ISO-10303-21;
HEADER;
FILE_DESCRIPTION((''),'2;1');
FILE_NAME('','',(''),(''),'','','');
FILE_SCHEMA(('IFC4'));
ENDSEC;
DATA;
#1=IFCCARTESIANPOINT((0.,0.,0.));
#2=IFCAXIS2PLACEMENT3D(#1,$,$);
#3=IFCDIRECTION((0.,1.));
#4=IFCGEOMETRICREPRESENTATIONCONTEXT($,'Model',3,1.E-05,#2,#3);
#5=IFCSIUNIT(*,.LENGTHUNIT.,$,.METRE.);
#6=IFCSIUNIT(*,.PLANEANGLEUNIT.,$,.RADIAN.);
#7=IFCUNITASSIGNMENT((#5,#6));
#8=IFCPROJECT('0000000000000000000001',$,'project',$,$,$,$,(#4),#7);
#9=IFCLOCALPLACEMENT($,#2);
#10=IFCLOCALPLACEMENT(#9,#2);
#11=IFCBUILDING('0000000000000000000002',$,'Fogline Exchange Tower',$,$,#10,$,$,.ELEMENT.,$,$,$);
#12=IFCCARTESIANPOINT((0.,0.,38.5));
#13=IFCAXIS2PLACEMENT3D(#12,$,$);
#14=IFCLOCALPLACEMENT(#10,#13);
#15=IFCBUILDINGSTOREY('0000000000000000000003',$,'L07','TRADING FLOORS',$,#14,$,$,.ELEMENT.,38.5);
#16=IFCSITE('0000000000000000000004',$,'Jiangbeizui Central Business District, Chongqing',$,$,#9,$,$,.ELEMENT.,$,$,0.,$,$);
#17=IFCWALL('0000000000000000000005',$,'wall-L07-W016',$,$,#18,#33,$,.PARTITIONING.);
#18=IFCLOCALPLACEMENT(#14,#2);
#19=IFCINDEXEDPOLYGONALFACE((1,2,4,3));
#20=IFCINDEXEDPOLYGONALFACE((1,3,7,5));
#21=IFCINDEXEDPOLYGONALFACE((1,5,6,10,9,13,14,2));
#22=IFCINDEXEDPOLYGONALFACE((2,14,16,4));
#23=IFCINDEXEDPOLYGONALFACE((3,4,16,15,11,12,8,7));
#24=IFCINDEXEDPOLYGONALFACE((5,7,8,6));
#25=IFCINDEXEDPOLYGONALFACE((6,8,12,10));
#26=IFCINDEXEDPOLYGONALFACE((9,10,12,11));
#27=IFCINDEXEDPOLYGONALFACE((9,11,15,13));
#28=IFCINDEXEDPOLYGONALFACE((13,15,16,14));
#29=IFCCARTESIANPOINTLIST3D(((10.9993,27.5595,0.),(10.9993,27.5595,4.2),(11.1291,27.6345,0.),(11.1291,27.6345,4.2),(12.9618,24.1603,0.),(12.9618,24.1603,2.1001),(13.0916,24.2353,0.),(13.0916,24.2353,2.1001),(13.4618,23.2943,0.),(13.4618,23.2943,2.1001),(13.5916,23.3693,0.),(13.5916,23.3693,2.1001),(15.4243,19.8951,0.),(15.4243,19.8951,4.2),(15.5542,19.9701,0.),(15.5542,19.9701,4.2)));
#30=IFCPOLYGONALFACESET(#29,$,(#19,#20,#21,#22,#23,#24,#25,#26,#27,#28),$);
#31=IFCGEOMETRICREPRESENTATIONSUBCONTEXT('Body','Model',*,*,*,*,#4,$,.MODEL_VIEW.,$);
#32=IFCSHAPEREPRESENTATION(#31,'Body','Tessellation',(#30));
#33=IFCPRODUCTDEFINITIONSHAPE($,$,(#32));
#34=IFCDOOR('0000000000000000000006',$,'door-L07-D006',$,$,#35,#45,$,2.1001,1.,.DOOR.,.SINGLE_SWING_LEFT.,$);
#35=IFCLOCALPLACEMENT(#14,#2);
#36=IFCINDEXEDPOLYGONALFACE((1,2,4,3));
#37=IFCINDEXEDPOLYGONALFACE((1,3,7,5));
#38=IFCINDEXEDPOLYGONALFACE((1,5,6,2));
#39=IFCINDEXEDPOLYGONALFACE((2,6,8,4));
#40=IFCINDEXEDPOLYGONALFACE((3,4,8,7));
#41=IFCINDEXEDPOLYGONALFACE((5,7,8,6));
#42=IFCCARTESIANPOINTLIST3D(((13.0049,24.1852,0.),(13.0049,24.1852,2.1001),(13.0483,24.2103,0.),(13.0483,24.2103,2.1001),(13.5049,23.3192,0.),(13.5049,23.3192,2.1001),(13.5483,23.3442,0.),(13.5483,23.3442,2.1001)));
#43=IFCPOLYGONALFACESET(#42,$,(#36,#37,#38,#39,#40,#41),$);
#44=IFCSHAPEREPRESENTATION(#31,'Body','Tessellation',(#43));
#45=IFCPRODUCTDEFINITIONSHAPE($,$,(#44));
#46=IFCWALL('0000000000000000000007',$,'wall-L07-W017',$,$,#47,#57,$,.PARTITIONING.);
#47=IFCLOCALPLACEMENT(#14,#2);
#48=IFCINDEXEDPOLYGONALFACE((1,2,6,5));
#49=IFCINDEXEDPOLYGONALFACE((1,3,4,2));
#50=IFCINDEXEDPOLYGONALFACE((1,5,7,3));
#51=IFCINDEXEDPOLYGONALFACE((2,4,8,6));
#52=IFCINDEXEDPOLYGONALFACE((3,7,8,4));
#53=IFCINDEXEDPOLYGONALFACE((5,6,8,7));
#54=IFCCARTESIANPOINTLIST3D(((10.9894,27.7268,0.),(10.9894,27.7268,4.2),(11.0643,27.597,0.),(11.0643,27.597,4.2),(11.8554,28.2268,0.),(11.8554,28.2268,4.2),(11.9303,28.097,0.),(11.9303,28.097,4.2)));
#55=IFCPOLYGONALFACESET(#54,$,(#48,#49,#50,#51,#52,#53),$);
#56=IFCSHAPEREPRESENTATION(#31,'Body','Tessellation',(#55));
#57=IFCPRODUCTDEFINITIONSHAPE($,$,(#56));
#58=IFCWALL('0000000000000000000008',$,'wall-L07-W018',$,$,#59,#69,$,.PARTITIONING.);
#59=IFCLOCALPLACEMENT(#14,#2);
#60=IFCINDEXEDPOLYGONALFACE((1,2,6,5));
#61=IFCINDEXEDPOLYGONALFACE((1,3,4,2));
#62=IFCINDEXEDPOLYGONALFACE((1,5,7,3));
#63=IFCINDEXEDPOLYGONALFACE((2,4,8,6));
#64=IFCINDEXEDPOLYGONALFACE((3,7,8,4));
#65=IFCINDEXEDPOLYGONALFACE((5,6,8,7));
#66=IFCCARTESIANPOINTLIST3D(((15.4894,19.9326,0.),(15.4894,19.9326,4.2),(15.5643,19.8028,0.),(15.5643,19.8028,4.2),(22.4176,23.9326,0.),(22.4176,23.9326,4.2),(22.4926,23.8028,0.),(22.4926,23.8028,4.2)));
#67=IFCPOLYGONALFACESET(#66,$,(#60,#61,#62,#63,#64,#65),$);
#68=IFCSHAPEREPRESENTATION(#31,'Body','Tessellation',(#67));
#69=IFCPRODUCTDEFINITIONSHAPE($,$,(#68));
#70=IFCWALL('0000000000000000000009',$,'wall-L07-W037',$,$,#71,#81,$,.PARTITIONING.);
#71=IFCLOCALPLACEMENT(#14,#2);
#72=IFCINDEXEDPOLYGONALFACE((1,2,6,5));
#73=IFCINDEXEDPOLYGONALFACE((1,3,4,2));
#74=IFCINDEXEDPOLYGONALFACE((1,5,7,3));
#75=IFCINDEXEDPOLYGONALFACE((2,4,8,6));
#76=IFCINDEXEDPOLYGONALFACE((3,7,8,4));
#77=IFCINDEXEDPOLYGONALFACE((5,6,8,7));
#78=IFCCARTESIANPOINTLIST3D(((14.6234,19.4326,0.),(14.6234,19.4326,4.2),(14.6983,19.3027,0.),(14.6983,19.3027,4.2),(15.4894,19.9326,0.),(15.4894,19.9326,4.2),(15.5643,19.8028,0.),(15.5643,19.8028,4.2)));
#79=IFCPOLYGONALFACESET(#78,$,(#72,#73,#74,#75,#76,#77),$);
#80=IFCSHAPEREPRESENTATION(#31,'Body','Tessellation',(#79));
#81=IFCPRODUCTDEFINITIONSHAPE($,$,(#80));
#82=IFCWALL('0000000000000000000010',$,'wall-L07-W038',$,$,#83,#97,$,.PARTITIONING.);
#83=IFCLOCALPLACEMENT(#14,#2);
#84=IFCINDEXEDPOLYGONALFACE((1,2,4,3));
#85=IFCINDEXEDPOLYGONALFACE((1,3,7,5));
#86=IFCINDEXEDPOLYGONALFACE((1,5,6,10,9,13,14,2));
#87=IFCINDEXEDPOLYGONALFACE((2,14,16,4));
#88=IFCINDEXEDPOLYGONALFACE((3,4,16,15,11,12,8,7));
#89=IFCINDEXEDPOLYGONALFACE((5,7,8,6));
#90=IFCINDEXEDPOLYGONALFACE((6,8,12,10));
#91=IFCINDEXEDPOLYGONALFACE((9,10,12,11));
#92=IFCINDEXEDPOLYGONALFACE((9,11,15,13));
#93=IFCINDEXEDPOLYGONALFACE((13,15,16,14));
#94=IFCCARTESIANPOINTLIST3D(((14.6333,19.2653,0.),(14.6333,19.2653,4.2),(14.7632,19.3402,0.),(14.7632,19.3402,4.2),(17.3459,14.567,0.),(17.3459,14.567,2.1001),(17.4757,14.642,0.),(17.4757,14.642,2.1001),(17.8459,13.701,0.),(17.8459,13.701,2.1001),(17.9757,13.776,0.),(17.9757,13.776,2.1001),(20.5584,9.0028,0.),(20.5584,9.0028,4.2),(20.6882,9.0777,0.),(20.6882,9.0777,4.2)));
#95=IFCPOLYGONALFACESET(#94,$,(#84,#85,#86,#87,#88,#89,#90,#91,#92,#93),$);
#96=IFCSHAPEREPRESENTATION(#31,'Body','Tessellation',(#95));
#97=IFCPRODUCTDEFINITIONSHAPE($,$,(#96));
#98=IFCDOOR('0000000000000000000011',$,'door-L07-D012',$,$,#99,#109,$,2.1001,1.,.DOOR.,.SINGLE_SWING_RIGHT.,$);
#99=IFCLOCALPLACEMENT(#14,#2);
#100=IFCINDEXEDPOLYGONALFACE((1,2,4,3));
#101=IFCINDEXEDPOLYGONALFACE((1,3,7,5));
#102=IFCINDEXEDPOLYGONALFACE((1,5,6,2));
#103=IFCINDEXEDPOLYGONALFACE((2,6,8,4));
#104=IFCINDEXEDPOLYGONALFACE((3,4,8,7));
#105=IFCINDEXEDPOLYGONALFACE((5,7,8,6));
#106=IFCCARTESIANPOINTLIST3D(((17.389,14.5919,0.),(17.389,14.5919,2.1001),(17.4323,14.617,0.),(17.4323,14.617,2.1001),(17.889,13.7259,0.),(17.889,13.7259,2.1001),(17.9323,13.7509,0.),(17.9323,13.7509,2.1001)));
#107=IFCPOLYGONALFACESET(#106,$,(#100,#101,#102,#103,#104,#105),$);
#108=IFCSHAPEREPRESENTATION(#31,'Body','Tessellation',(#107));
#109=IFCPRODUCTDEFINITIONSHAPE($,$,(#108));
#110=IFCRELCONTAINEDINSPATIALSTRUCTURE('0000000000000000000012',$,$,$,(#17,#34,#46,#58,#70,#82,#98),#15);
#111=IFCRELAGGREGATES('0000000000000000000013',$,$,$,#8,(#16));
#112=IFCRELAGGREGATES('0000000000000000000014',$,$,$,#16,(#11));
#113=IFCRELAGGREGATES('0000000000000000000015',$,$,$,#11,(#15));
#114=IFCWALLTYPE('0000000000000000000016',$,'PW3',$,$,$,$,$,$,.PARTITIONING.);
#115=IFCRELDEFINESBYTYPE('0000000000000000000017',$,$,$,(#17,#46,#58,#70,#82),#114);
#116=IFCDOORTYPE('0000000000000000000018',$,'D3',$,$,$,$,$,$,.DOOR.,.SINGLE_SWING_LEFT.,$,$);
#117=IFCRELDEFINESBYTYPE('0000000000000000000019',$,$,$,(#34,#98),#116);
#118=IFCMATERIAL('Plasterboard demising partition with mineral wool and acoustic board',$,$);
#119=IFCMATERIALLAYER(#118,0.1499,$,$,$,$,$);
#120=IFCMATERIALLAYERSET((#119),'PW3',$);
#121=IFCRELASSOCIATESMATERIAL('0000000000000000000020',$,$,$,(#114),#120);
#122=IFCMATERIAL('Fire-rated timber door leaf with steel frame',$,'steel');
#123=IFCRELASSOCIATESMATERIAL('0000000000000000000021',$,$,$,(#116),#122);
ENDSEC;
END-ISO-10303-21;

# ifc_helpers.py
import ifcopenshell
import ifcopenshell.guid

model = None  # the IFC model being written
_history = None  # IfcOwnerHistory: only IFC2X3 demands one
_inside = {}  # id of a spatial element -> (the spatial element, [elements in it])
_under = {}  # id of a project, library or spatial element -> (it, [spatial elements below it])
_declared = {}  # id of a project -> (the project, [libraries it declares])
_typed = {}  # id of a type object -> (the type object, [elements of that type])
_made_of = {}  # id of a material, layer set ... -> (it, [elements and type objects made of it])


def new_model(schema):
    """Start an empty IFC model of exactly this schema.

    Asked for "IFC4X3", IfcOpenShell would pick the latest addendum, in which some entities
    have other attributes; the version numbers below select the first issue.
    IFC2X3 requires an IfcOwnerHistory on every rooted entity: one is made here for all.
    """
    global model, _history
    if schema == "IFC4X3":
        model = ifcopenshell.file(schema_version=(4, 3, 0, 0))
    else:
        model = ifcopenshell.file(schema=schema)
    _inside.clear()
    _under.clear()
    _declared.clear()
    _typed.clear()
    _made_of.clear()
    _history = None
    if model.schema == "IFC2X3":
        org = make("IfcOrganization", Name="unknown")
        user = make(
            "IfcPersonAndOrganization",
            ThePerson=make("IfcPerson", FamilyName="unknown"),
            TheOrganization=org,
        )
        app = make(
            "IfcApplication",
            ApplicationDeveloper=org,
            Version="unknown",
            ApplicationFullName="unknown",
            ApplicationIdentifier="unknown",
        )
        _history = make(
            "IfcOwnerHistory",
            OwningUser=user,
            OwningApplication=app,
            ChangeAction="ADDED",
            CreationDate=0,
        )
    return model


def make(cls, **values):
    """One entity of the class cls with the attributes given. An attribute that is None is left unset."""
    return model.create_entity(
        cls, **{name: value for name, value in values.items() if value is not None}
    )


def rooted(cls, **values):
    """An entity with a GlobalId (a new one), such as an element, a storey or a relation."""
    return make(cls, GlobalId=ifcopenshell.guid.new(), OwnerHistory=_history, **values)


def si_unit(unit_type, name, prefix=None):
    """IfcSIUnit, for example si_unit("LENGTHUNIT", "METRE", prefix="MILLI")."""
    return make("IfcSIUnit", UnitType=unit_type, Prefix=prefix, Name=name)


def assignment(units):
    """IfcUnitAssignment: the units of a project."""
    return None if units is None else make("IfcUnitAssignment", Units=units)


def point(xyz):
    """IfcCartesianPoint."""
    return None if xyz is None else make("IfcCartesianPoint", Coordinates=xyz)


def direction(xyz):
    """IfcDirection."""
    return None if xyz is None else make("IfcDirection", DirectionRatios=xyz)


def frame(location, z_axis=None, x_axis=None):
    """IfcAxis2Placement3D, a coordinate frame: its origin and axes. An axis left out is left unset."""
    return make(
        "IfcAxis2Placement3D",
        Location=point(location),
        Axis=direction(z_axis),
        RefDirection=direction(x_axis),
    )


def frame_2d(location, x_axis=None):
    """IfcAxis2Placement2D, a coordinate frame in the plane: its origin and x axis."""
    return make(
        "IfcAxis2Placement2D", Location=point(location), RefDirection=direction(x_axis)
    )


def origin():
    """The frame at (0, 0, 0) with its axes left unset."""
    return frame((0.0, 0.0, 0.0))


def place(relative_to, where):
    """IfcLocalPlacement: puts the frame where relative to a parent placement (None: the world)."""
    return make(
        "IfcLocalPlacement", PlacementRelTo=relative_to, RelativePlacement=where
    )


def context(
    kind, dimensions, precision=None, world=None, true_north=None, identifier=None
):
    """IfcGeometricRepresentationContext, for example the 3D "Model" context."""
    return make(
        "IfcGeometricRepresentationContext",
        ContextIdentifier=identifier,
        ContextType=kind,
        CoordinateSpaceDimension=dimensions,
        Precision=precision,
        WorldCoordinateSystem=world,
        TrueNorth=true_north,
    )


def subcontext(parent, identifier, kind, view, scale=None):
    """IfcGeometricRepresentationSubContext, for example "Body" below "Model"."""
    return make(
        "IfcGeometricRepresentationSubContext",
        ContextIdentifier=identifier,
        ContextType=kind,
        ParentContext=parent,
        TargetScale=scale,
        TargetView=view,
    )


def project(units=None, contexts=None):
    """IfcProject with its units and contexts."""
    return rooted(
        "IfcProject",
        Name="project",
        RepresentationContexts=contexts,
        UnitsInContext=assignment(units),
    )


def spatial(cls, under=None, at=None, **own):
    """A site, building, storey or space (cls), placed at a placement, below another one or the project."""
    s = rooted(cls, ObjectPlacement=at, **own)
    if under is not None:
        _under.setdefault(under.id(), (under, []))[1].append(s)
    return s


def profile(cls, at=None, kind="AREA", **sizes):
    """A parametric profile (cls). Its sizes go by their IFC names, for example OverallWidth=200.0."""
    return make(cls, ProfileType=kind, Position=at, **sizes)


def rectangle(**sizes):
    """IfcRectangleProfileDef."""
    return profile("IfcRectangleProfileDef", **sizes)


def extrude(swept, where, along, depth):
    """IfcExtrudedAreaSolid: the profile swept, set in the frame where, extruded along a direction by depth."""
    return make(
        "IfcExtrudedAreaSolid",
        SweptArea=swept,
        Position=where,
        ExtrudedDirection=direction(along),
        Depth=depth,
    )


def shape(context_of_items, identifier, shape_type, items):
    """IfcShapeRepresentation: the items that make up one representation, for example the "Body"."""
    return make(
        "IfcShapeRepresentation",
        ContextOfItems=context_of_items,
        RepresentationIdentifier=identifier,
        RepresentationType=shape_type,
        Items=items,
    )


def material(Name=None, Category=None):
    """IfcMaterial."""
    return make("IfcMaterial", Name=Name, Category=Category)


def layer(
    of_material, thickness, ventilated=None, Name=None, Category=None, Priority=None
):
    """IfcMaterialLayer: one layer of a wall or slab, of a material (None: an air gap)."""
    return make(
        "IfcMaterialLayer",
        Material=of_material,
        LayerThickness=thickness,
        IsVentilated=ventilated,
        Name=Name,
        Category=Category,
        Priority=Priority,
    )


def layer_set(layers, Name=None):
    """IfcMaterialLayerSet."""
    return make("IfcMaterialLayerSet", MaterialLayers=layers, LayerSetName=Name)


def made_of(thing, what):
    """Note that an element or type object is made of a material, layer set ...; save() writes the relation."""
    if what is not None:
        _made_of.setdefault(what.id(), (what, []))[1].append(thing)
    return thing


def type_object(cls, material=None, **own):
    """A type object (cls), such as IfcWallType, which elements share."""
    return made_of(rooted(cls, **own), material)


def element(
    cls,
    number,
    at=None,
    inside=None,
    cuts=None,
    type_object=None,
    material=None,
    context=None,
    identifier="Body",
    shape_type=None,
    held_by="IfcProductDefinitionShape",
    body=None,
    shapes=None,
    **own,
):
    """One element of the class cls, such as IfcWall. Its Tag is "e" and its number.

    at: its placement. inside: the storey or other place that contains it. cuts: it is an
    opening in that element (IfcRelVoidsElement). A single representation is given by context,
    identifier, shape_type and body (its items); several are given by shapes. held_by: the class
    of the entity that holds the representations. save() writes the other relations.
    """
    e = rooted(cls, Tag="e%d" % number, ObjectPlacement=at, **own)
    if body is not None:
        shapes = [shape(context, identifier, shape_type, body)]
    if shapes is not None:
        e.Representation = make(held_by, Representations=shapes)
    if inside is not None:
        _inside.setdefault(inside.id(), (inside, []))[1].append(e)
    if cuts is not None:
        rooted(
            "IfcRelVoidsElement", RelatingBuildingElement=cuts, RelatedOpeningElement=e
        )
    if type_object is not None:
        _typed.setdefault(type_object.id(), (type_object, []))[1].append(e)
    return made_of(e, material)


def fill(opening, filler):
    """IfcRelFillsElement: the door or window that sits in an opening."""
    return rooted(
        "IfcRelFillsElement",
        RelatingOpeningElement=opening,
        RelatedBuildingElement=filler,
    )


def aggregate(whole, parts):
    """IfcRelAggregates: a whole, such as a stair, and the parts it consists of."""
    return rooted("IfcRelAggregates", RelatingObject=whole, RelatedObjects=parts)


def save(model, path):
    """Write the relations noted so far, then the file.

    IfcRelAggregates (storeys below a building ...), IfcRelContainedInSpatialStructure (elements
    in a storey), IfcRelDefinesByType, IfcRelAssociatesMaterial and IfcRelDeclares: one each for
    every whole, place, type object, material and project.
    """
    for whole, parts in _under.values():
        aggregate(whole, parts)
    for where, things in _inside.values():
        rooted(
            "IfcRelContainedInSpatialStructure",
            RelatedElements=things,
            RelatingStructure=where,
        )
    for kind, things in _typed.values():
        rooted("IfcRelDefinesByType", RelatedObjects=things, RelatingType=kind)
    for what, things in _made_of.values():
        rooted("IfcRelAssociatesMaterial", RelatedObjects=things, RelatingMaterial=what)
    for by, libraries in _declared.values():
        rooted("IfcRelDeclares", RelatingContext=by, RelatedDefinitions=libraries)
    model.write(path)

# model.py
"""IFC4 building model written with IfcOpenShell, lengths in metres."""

from ifc_helpers import new_model, si_unit, direction, frame, frame_2d, origin, place, context, subcontext, project, spatial, rectangle, extrude, material, layer, layer_set, type_object, element, fill, save


model = new_model("IFC4")

# Units and contexts
model_context = context("Model", 3, precision=1e-05, world=origin(), true_north=direction((0.0, 1.0)))
body_context = subcontext(model_context, "Body", "Model", "MODEL_VIEW")
ifc_project = project(units=[si_unit("LENGTHUNIT", "METRE"), si_unit("PLANEANGLEUNIT", "RADIAN")], contexts=[model_context])

# Site, building, storey
site_placement = place(None, origin())
site = spatial("IfcSite", under=ifc_project, at=site_placement, Name="Jiangbeizui Central Business District, Chongqing", CompositionType="ELEMENT", RefElevation=0.0)
building_placement = place(site_placement, origin())
building = spatial("IfcBuilding", under=site, at=building_placement, Name="Fogline Exchange Tower", CompositionType="ELEMENT")
storey_placement = place(building_placement, frame((0.0, 0.0, 38.5)))
storey = spatial("IfcBuildingStorey", under=building, at=storey_placement, Name="L07", Description="TRADING FLOORS", CompositionType="ELEMENT", Elevation=38.5)

# Wall, opening, door
ifc_material_1 = material(Name="Plasterboard demising partition with mineral wool and acoustic board")
ifc_layer_1 = layer(ifc_material_1, 0.1499)
ifc_layer_set_1 = layer_set([ifc_layer_1], Name="PW3")
wall_type_1 = type_object("IfcWallType", Name="PW3", PredefinedType="PARTITIONING", material=ifc_layer_set_1)
wall_1_placement = place(storey_placement, frame((15.4893, 19.9326, 0.0), z_axis=(0.0, 0.0, 1.0), x_axis=(-0.500005, 0.866023, 0.0)))
wall_1 = element("IfcWall", 1, at=wall_1_placement, inside=storey, type_object=wall_type_1, Name="wall-L07-W016", PredefinedType="PARTITIONING", context=body_context, shape_type="SweptSolid", body=[
    extrude(rectangle(XDim=8.8501, YDim=0.1499, at=frame_2d((4.425, 0.0))), origin(), (0.0, 0.0, 1.0), 4.2),
])
opening_1_placement = place(wall_1_placement, frame((3.925, 0.0, 0.0)))
opening_1 = element("IfcOpeningElement", 2, at=opening_1_placement, cuts=wall_1, PredefinedType="OPENING", context=body_context, shape_type="SweptSolid", body=[
    extrude(rectangle(XDim=1.0, YDim=2.1001, at=frame_2d((0.5, 1.05))), frame((0.0, 0.085, 0.0), z_axis=(0.0, -1.0, 0.0), x_axis=(1.0, 0.0, 0.0)), (0.0, 0.0, 1.0), 0.1699),
])
ifc_material_2 = material(Name="Fire-rated timber door leaf with steel frame", Category="steel")
door_type_1 = type_object("IfcDoorType", Name="D3", OperationType="SINGLE_SWING_LEFT", PredefinedType="DOOR", material=ifc_material_2)
door_1_placement = place(opening_1_placement, frame((1.0, 0.0, 0.0), z_axis=(0.0, 0.0, 1.0), x_axis=(-1.0, 0.0, 0.0)))
door_1 = element("IfcDoor", 3, at=door_1_placement, inside=storey, type_object=door_type_1, Name="door-L07-D006", OperationType="SINGLE_SWING_LEFT", OverallHeight=2.1001, OverallWidth=1.0, PredefinedType="DOOR", context=body_context, shape_type="SweptSolid", body=[
    extrude(rectangle(XDim=1.0, YDim=2.1001, at=frame_2d((0.5, 1.05))), frame((0.0, 0.0249, 0.0), z_axis=(0.0, -1.0, 0.0), x_axis=(1.0, 0.0, 0.0)), (0.0, 0.0, 1.0), 0.05),
])
fill(opening_1, door_1)

# Walls
wall_2_placement = place(storey_placement, frame((11.0269, 27.6619, 0.0), z_axis=(0.0, 0.0, 1.0), x_axis=(0.866011, 0.500025, 0.0)))
element("IfcWall", 4, at=wall_2_placement, inside=storey, type_object=wall_type_1, Name="wall-L07-W017", PredefinedType="PARTITIONING", context=body_context, shape_type="SweptSolid", body=[
    extrude(rectangle(XDim=1.0, YDim=0.1499, at=frame_2d((0.5, 0.0))), origin(), (0.0, 0.0, 1.0), 4.2),
])
wall_3_placement = place(storey_placement, frame((22.4551, 23.8677, 0.0), z_axis=(0.0, 0.0, 1.0), x_axis=(-0.866026, -0.499999, 0.0)))
element("IfcWall", 5, at=wall_3_placement, inside=storey, type_object=wall_type_1, Name="wall-L07-W018", PredefinedType="PARTITIONING", context=body_context, shape_type="SweptSolid", body=[
    extrude(rectangle(XDim=8.0, YDim=0.1499, at=frame_2d((4.0, 0.0))), origin(), (0.0, 0.0, 1.0), 4.2),
])
wall_4_placement = place(storey_placement, frame((15.5269, 19.8677, 0.0), z_axis=(0.0, 0.0, 1.0), x_axis=(-0.866011, -0.500025, 0.0)))
element("IfcWall", 6, at=wall_4_placement, inside=storey, type_object=wall_type_1, Name="wall-L07-W037", PredefinedType="PARTITIONING", context=body_context, shape_type="SweptSolid", body=[
    extrude(rectangle(XDim=1.0, YDim=0.1499, at=frame_2d((0.5, 0.0))), origin(), (0.0, 0.0, 1.0), 4.2),
])

# Wall, opening, door
wall_5_placement = place(storey_placement, frame((14.6982, 19.3027, 0.0), z_axis=(0.0, 0.0, 1.0), x_axis=(0.500001, -0.866025, 0.0)))
wall_5 = element("IfcWall", 7, at=wall_5_placement, inside=storey, type_object=wall_type_1, Name="wall-L07-W038", PredefinedType="PARTITIONING", context=body_context, shape_type="SweptSolid", body=[
    extrude(rectangle(XDim=11.8501, YDim=0.1499, at=frame_2d((5.925, 0.0))), origin(), (0.0, 0.0, 1.0), 4.2),
])
opening_2_placement = place(wall_5_placement, frame((5.425, 0.0, 0.0)))
opening_2 = element("IfcOpeningElement", 8, at=opening_2_placement, cuts=wall_5, PredefinedType="OPENING", context=body_context, shape_type="SweptSolid", body=[
    extrude(rectangle(XDim=1.0, YDim=2.1001, at=frame_2d((0.5, 1.05))), frame((0.0, 0.085, 0.0), z_axis=(0.0, -1.0, 0.0), x_axis=(1.0, 0.0, 0.0)), (0.0, 0.0, 1.0), 0.1699),
])
door_2_placement = place(opening_2_placement, origin())
door_2 = element("IfcDoor", 9, at=door_2_placement, inside=storey, type_object=door_type_1, Name="door-L07-D012", OperationType="SINGLE_SWING_RIGHT", OverallHeight=2.1001, OverallWidth=1.0, PredefinedType="DOOR", context=body_context, shape_type="SweptSolid", body=[
    extrude(rectangle(XDim=1.0, YDim=2.1001, at=frame_2d((0.5, 1.05))), frame((0.0, 0.0249, 0.0), z_axis=(0.0, -1.0, 0.0), x_axis=(1.0, 0.0, 0.0)), (0.0, 0.0, 1.0), 0.05),
])
fill(opening_2, door_2)

save(model, "model.ifc")
